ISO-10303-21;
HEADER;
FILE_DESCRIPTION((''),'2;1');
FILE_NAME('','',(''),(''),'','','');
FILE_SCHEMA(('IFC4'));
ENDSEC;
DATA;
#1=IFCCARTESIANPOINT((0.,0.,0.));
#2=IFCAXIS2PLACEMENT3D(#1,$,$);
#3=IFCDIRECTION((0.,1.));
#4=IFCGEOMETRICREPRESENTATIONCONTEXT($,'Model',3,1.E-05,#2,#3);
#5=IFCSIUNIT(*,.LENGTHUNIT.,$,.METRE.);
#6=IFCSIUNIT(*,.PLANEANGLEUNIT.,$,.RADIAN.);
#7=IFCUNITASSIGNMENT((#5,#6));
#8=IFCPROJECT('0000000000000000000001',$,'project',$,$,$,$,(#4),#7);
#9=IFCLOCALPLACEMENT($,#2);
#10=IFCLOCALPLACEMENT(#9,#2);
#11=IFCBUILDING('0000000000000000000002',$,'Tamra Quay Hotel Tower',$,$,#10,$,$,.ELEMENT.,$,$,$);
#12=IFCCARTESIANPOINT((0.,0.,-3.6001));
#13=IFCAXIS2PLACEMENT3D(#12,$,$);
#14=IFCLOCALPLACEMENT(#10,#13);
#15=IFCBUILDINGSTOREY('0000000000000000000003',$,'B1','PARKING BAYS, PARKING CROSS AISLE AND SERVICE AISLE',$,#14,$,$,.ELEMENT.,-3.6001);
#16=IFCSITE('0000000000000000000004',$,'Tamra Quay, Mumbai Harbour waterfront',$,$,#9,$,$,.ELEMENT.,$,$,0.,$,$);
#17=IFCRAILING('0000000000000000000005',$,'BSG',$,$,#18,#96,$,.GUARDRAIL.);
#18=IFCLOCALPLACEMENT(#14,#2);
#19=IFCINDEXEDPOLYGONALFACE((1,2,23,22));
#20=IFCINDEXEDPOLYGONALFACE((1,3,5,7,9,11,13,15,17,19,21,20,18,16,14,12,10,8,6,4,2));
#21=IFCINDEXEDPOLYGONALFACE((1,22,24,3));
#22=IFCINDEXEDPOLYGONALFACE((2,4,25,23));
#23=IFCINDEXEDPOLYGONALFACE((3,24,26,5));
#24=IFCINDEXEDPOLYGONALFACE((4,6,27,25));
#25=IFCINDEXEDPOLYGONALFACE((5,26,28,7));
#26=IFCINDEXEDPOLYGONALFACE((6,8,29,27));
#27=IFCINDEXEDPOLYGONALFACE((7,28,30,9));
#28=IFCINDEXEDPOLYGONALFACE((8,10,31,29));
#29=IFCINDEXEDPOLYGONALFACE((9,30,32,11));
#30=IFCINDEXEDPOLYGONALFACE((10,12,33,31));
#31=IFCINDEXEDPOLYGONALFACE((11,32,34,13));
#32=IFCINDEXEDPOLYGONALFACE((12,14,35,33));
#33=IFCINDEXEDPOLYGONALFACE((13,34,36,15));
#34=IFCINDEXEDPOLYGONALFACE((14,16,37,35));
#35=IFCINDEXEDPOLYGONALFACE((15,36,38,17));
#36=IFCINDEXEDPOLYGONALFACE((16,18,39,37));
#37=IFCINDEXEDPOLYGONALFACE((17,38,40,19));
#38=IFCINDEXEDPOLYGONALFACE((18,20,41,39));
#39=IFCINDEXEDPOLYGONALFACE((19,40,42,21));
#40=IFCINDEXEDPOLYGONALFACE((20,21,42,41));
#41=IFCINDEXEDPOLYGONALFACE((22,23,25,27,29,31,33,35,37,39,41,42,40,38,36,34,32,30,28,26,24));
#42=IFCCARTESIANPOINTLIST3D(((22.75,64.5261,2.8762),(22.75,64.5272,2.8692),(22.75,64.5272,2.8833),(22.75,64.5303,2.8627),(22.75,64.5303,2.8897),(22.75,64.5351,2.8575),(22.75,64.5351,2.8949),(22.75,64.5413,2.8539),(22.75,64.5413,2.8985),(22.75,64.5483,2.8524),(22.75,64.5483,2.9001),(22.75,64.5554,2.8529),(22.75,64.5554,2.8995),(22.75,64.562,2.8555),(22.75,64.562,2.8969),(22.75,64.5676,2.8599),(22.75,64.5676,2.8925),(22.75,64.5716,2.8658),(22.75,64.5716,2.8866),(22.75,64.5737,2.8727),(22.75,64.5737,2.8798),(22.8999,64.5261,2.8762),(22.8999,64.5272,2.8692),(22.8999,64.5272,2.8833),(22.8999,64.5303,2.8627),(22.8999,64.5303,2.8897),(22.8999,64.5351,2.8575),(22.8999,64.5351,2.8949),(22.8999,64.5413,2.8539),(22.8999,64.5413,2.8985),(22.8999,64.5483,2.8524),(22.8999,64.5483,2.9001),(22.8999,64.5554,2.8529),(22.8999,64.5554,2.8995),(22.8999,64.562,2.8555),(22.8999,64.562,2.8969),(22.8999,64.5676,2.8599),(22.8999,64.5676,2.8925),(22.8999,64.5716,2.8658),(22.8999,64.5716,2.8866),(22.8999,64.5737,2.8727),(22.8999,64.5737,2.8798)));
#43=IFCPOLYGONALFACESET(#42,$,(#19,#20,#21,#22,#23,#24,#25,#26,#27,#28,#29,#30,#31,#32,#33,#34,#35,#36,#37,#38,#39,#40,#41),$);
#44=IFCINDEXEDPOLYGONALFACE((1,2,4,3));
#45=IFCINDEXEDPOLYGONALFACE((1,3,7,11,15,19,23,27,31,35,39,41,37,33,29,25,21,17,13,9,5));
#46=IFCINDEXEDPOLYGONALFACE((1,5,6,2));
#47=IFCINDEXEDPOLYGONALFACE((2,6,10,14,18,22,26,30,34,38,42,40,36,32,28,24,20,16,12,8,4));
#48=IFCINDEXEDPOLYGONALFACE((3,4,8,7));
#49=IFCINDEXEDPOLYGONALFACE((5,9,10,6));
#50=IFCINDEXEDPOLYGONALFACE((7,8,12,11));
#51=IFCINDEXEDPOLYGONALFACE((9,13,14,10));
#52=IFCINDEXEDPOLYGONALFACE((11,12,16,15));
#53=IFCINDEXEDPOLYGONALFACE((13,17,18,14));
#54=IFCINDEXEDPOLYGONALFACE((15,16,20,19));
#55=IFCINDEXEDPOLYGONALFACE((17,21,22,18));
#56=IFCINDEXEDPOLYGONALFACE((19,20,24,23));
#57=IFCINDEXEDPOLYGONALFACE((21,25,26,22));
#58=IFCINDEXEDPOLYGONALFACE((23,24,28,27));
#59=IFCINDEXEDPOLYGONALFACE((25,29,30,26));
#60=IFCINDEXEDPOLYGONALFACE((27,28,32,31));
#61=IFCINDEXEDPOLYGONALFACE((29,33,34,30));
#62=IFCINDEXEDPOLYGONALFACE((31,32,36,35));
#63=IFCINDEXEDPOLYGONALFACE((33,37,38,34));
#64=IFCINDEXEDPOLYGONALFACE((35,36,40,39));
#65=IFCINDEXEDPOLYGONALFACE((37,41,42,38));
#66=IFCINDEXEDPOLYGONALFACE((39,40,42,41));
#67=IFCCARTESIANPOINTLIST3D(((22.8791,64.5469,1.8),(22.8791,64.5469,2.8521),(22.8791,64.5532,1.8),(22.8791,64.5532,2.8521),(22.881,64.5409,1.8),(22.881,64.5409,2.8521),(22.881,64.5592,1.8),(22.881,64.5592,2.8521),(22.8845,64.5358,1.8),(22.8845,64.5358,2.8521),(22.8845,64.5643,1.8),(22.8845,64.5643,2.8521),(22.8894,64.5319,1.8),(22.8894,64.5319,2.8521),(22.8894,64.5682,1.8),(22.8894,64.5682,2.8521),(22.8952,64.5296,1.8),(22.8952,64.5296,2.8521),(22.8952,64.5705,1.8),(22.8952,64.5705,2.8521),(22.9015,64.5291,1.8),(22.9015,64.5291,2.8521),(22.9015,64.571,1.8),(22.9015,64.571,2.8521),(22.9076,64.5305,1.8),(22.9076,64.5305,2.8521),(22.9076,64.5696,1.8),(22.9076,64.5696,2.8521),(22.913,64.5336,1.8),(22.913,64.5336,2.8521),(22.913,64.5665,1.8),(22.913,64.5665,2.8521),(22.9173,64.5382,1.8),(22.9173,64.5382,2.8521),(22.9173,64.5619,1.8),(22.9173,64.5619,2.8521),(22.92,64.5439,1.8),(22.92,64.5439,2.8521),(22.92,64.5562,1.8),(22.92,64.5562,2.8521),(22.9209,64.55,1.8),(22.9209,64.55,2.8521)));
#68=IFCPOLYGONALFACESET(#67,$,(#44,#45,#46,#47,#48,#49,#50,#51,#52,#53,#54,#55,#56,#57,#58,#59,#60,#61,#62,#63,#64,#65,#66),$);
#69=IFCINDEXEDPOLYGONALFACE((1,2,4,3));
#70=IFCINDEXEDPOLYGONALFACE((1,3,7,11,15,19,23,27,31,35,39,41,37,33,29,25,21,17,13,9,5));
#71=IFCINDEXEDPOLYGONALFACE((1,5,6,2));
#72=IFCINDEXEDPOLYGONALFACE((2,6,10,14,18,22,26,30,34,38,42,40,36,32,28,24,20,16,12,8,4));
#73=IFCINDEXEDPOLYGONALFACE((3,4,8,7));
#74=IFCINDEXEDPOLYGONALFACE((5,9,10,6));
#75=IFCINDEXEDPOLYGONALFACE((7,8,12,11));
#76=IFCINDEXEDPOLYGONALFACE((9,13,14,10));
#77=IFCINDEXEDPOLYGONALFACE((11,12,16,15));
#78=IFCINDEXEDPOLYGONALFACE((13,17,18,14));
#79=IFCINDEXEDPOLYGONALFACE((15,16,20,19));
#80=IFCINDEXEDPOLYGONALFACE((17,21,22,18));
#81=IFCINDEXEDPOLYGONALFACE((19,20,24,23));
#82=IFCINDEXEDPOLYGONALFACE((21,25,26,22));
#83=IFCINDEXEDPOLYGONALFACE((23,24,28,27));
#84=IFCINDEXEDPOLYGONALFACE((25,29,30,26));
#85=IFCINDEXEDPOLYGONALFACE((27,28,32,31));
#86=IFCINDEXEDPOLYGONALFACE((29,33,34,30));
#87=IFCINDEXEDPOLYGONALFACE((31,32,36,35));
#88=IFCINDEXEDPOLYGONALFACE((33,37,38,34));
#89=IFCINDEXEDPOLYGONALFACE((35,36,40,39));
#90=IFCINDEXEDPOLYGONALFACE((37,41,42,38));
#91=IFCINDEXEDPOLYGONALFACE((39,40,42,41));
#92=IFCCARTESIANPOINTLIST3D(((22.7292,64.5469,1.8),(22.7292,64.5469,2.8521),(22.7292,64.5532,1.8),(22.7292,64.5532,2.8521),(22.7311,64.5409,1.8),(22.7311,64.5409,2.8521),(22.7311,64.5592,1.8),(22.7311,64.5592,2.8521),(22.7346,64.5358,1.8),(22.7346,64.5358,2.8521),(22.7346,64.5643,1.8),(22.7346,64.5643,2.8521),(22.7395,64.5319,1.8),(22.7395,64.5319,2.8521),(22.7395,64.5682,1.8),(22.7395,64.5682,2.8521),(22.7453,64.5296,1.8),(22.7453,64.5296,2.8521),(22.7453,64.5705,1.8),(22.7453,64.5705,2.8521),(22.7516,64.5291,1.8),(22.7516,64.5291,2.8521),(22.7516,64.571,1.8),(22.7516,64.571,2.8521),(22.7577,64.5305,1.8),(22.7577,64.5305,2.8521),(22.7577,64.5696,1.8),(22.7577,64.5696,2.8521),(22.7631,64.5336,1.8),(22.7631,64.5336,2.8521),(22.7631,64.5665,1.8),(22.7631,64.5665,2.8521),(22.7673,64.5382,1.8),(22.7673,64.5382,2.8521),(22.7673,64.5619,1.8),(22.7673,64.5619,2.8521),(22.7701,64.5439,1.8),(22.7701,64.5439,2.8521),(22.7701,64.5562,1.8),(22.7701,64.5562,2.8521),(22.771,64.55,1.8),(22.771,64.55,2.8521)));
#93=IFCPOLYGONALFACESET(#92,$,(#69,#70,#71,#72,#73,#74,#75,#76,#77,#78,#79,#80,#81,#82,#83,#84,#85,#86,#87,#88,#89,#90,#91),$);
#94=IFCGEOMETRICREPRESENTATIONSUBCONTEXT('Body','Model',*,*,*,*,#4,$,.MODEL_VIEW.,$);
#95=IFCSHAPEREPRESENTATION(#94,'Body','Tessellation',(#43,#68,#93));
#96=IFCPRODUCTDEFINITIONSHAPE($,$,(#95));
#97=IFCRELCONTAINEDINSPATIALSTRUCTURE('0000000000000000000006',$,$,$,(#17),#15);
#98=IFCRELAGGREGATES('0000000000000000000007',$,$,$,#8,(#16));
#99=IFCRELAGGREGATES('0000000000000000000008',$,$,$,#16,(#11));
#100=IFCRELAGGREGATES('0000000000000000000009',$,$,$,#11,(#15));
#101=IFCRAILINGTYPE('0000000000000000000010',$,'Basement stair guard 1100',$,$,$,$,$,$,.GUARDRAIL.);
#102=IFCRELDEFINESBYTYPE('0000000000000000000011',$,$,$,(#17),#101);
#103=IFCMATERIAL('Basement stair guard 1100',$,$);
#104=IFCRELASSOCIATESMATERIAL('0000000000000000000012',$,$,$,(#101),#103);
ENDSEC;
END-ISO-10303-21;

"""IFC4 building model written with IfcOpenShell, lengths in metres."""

from ifc_helpers import new_model, si_unit, direction, frame, origin, origin_2d, place, context, subcontext, project, spatial, circle, extrude, material, type_object, element, save


model = new_model("IFC4")

# Units and contexts
model_context = context("Model", 3, precision=1e-05, world=origin(), true_north=direction((0.0, 1.0)))
body_context = subcontext(model_context, "Body", "Model", "MODEL_VIEW")
ifc_project = project(units=[si_unit("LENGTHUNIT", "METRE"), si_unit("PLANEANGLEUNIT", "RADIAN")], contexts=[model_context])

# Site, building, storey
site_placement = place(None, origin())
site = spatial("IfcSite", under=ifc_project, at=site_placement, Name="Tamra Quay, Mumbai Harbour waterfront", CompositionType="ELEMENT", RefElevation=0.0)
building_placement = place(site_placement, origin())
building = spatial("IfcBuilding", under=site, at=building_placement, Name="Tamra Quay Hotel Tower", CompositionType="ELEMENT")
storey_placement = place(building_placement, frame((0.0, 0.0, -3.6001)))
storey = spatial("IfcBuildingStorey", under=building, at=storey_placement, Name="B1", Description="PARKING BAYS, PARKING CROSS AISLE AND SERVICE AISLE", CompositionType="ELEMENT", Elevation=-3.6001)

# Railing
ifc_material_1 = material(Name="Basement stair guard 1100")
railing_type_1 = type_object("IfcRailingType", Name="Basement stair guard 1100", PredefinedType="GUARDRAIL", material=ifc_material_1)
railing_1_placement = place(storey_placement, frame((22.8999, 64.55, 1.8)))
element("IfcRailing", 1, at=railing_1_placement, inside=storey, type_object=railing_type_1, Name="BSG", PredefinedType="GUARDRAIL", context=body_context, shape_type="SweptSolid", body=[
    extrude(circle(Radius=0.0239, at=origin_2d()), frame((0.0, 0.0, 1.0762), z_axis=(-1.0, 0.0, 0.0), x_axis=(0.0, -1.0, 0.0)), (0.0, 0.0, 1.0), 0.1499),
    extrude(circle(Radius=0.021, at=origin_2d()), origin(), (0.0, 0.0, 1.0), 1.052),
    extrude(circle(Radius=0.021, at=origin_2d()), frame((-0.1499, 0.0, 0.0)), (0.0, 0.0, 1.0), 1.052),
])

save(model, "model.ifc")
